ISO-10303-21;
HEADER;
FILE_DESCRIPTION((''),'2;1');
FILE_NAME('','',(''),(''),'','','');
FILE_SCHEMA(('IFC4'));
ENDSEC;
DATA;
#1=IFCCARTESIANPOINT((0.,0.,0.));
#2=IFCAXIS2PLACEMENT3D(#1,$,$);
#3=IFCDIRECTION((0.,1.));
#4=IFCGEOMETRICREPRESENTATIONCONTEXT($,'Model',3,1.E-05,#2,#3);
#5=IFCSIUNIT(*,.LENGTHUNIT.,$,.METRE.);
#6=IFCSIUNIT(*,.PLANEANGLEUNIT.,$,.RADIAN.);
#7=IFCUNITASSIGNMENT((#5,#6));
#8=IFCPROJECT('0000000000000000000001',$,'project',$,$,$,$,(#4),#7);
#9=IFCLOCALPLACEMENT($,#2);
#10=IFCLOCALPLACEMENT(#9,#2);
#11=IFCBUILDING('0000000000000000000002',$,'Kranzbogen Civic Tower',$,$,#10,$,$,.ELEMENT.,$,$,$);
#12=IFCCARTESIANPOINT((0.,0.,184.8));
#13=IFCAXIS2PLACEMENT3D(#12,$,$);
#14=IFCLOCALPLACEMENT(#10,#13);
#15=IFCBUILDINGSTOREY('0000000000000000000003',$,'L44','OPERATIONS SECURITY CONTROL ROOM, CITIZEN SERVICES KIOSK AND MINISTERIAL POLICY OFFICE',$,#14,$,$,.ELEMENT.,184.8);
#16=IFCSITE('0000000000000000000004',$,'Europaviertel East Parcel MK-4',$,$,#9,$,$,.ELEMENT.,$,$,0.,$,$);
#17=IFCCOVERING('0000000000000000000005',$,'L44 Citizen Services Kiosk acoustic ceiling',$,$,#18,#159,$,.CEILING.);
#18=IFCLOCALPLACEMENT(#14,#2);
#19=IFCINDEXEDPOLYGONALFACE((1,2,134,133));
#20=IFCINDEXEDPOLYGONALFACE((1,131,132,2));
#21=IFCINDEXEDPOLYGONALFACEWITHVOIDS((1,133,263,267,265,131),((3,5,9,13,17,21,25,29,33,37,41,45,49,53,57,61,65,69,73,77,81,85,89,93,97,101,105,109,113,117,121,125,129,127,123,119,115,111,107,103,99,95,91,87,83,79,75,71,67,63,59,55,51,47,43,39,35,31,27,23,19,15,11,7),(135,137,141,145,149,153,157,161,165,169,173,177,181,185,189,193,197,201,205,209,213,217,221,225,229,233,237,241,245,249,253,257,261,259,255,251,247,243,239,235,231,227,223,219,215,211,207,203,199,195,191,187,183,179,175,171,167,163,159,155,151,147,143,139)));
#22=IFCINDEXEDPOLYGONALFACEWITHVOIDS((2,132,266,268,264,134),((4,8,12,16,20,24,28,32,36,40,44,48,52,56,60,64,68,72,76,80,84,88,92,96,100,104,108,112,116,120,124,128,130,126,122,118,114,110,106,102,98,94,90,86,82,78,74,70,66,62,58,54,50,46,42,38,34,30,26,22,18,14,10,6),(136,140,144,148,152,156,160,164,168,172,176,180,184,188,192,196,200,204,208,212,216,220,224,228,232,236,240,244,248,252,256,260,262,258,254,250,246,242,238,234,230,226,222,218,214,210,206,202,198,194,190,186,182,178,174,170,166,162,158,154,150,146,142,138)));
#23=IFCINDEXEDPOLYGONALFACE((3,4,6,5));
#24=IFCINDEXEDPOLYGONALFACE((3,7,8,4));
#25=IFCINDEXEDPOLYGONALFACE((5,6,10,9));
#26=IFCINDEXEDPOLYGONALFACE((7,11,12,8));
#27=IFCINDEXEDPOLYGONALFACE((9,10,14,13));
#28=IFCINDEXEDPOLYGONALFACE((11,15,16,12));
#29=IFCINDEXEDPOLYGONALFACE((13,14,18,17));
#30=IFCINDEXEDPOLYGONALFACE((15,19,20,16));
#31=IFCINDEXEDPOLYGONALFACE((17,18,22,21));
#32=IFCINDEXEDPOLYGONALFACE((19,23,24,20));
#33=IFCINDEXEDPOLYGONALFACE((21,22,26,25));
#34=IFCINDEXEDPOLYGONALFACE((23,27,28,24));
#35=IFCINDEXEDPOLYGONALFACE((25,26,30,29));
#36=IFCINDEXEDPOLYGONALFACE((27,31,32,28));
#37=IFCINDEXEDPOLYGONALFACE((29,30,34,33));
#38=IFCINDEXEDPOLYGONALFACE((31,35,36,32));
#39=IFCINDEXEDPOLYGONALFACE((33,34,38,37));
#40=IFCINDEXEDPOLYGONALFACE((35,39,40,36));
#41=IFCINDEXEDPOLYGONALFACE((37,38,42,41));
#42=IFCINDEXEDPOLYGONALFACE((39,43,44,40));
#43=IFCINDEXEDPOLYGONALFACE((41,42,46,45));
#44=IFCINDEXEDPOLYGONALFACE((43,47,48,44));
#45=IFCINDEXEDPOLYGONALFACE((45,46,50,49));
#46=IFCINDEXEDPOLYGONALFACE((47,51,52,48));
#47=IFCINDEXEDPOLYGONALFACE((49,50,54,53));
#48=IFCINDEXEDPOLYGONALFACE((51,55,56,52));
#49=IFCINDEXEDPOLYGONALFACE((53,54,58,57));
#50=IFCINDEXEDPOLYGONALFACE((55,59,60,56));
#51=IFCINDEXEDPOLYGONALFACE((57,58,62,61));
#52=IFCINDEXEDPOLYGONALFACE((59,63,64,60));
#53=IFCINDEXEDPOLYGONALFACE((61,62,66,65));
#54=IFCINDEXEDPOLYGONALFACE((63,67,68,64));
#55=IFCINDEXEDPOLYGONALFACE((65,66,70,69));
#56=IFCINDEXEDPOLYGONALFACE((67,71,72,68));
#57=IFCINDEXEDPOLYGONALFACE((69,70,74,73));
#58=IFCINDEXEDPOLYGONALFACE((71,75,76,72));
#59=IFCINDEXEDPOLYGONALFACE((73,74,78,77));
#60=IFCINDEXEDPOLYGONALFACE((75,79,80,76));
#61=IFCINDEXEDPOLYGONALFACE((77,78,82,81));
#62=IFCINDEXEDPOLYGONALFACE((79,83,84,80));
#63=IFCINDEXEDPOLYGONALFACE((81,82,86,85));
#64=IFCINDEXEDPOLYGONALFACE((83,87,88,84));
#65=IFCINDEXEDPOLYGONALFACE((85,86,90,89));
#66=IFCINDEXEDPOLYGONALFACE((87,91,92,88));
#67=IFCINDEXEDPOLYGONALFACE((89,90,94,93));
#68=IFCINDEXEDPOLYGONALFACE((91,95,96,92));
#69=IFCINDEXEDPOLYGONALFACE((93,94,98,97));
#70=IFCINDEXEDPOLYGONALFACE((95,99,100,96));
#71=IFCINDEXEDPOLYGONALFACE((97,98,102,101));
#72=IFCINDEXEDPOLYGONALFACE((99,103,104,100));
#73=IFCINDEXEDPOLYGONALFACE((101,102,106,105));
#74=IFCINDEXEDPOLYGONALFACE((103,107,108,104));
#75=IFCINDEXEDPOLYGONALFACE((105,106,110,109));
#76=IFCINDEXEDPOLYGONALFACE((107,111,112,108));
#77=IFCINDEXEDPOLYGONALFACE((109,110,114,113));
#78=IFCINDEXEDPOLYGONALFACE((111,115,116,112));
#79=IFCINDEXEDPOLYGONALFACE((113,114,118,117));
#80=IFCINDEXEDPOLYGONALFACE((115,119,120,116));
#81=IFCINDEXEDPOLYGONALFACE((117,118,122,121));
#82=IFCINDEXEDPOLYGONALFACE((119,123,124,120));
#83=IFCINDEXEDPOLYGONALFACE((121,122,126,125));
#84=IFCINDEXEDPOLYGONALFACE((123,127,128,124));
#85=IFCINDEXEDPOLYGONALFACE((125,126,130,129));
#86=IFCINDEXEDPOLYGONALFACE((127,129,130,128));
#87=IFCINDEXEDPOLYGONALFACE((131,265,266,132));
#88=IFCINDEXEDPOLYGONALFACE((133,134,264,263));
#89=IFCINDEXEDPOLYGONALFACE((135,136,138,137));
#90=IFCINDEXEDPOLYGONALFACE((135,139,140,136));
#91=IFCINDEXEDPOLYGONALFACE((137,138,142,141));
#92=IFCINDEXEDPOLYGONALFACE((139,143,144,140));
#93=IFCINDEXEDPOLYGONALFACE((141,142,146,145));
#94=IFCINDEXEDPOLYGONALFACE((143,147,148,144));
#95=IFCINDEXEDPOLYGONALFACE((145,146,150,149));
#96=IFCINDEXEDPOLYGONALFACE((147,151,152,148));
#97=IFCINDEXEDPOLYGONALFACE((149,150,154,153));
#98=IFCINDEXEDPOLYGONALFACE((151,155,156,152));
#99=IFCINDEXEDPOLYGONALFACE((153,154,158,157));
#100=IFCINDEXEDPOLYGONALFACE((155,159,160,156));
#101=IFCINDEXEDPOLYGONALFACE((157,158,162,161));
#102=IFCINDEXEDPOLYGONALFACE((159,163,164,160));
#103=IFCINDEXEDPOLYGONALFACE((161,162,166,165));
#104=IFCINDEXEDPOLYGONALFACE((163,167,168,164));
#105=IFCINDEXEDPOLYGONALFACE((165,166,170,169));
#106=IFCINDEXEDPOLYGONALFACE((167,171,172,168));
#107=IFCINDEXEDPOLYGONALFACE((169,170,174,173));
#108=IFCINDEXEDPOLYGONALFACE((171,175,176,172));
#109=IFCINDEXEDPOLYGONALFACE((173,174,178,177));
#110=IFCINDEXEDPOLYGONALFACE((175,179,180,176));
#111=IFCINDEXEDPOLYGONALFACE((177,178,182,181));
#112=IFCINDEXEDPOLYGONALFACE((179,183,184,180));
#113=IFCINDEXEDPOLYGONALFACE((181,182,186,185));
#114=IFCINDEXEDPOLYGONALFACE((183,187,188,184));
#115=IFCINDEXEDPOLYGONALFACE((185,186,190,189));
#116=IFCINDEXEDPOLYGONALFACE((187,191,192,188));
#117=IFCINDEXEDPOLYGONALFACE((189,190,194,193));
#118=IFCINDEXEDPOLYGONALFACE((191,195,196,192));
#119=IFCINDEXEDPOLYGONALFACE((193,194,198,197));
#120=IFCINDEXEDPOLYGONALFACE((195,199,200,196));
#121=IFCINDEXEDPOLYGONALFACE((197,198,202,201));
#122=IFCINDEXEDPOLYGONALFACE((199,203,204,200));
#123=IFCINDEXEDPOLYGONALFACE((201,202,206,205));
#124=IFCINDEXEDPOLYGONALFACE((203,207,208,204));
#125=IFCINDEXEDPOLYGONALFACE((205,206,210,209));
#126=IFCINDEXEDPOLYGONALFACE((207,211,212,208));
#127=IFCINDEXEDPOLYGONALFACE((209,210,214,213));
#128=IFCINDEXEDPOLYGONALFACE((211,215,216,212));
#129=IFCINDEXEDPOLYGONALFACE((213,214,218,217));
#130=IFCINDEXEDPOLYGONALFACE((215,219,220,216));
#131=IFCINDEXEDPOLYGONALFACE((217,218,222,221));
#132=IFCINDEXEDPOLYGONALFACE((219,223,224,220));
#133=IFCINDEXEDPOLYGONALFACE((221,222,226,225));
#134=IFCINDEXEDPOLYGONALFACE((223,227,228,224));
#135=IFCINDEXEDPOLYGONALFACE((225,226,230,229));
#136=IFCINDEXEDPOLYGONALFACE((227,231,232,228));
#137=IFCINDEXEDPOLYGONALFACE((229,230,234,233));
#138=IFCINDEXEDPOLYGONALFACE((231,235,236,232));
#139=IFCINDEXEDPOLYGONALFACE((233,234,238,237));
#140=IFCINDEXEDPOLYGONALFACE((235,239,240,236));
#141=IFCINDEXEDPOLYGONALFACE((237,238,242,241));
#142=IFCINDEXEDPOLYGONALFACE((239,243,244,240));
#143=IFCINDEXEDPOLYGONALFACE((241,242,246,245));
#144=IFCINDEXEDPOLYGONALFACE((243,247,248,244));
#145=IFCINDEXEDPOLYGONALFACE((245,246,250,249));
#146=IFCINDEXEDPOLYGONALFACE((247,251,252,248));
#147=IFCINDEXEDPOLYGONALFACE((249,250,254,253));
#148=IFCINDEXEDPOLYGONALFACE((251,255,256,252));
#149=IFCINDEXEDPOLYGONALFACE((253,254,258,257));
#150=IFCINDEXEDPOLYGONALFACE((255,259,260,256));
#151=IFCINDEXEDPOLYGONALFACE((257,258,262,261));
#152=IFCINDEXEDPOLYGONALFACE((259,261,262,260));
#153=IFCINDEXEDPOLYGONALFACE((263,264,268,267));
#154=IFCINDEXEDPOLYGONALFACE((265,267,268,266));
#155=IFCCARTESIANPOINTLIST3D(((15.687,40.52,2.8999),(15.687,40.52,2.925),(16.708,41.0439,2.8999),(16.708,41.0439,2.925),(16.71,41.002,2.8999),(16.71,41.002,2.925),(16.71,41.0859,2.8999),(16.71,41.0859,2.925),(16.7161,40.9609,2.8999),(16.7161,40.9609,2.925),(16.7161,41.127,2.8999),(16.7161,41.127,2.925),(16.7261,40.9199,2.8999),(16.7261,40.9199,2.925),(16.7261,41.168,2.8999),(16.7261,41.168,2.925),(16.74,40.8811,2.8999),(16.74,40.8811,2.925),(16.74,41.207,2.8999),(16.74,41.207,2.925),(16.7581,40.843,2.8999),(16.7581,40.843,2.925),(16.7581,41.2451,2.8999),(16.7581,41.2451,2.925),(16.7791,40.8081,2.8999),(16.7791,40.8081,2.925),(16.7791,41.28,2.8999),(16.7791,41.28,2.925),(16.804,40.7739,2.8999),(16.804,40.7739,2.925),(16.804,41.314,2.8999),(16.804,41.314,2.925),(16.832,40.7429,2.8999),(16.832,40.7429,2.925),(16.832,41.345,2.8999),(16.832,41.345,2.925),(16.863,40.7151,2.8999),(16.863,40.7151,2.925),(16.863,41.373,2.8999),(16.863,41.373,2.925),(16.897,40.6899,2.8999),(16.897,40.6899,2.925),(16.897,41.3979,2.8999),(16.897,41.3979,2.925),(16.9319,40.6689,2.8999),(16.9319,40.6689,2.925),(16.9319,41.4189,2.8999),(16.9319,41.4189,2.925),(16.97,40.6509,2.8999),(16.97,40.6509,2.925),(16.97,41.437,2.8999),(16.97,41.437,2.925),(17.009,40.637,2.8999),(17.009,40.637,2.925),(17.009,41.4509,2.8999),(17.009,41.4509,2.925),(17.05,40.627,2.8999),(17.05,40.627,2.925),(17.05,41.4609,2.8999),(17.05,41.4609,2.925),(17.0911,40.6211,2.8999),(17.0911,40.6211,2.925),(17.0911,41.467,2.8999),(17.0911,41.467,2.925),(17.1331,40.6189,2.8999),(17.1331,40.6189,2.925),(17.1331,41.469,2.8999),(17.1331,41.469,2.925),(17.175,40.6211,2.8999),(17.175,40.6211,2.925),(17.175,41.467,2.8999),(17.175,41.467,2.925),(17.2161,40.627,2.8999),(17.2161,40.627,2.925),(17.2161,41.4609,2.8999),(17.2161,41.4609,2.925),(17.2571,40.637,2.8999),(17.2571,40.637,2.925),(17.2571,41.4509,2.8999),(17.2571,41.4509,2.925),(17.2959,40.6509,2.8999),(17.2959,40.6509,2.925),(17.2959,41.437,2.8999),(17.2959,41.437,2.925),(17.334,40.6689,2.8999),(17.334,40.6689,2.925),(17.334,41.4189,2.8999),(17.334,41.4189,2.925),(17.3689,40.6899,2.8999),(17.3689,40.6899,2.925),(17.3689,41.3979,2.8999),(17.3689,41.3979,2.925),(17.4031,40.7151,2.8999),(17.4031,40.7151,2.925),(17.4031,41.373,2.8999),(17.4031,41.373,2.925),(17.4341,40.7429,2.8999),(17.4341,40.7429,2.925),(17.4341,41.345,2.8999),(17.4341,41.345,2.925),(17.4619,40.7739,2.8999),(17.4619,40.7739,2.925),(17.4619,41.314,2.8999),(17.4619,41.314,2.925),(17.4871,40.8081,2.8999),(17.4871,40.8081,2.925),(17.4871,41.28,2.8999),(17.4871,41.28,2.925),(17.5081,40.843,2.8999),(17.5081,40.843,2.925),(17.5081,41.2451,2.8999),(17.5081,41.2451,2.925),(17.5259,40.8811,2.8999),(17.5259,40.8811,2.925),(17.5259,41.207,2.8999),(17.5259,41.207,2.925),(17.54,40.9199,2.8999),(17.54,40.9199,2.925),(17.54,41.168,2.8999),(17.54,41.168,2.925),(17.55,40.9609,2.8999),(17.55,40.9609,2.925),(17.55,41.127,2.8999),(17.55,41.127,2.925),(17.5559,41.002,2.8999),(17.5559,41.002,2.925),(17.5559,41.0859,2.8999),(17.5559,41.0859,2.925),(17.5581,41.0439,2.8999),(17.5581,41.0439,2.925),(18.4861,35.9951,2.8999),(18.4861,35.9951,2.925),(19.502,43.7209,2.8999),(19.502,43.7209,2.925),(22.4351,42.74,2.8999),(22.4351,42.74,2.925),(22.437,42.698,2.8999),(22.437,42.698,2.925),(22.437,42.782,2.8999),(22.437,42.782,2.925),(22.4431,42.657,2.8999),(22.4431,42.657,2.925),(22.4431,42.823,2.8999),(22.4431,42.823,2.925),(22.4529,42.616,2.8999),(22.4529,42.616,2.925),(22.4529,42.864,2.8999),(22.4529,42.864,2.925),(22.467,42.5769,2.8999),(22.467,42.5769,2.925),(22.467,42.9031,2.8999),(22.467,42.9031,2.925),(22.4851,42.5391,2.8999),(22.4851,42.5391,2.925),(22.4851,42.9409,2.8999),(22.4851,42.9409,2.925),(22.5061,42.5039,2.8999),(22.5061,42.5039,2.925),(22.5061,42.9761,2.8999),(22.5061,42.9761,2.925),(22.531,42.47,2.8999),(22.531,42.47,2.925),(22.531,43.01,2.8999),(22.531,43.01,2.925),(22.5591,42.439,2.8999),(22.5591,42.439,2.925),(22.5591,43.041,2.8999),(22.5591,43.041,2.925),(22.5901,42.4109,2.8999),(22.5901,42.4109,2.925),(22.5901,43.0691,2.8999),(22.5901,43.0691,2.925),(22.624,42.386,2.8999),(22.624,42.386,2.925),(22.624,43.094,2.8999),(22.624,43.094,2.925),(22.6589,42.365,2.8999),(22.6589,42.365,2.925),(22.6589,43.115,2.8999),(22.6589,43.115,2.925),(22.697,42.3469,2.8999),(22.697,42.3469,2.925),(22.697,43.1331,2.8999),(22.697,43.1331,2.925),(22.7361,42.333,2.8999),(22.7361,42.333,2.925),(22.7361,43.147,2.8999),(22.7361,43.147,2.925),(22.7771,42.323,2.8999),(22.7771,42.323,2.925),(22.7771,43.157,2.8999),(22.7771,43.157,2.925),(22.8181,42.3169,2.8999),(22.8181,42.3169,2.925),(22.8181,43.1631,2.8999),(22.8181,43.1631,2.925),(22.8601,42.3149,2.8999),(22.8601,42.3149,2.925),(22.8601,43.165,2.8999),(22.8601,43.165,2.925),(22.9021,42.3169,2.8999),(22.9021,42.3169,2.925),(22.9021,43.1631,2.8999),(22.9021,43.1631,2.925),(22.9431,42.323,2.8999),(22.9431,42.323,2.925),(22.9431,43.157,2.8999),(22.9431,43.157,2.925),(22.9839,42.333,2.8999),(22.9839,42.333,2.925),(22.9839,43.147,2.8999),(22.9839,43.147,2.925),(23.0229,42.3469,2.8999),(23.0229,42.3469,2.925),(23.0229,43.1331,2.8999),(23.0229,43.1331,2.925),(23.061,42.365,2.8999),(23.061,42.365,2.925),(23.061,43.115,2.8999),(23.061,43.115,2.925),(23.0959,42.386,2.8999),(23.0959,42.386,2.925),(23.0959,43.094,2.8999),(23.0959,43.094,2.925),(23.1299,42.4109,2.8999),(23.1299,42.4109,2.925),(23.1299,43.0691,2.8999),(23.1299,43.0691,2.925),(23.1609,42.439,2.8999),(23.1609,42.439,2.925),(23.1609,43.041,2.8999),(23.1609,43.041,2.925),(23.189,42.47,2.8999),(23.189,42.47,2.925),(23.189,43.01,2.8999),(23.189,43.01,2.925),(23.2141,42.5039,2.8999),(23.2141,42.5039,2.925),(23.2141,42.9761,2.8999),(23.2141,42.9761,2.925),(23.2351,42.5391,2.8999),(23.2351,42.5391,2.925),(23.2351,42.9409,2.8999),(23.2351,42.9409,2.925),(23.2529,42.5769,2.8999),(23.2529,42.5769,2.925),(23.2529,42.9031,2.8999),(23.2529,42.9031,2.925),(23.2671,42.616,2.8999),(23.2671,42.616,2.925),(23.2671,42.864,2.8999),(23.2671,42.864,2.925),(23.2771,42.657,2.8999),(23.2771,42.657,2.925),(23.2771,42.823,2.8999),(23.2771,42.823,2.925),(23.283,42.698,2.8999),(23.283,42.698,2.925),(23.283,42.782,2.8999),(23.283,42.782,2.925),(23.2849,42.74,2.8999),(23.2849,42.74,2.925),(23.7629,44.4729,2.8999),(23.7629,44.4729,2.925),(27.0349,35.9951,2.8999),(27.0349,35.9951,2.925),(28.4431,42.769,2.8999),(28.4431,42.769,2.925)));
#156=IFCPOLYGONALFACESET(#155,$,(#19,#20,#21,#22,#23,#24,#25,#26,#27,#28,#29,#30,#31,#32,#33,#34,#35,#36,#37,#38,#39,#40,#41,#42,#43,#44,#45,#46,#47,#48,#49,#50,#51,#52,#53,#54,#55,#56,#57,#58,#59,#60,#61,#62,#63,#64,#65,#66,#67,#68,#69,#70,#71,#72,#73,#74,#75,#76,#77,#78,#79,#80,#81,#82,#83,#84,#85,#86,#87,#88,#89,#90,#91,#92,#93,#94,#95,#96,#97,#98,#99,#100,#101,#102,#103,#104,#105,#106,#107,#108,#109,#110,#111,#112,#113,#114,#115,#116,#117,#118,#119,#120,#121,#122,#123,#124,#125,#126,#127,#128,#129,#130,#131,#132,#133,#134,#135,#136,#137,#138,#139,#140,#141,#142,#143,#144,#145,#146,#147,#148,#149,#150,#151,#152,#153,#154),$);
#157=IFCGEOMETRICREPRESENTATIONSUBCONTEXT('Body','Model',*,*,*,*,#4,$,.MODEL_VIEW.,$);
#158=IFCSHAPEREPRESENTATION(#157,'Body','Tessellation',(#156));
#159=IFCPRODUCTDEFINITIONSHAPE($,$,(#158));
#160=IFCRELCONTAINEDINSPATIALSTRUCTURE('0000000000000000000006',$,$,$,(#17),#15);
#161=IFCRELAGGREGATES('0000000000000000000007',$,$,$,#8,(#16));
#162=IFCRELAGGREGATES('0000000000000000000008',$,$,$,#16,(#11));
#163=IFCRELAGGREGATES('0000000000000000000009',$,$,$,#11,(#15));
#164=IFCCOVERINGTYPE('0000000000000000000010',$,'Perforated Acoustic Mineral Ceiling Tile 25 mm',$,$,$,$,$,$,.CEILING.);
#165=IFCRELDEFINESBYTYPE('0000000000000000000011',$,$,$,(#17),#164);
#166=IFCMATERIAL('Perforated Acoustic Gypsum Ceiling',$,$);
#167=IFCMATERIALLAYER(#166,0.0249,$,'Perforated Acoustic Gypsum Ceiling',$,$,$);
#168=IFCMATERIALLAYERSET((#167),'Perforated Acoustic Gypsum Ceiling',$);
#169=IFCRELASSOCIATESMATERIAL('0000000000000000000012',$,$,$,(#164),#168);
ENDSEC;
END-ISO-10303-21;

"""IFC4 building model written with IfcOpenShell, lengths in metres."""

from ifc_helpers import new_model, si_unit, direction, frame, origin, place, context, subcontext, project, spatial, polyline, outline, extrude, material, layer, layer_set, type_object, element, save


model = new_model("IFC4")

# Units and contexts
model_context = context("Model", 3, precision=1e-05, world=origin(), true_north=direction((0.0, 1.0)))
body_context = subcontext(model_context, "Body", "Model", "MODEL_VIEW")
ifc_project = project(units=[si_unit("LENGTHUNIT", "METRE"), si_unit("PLANEANGLEUNIT", "RADIAN")], contexts=[model_context])

# Site, building, storey
site_placement = place(None, origin())
site = spatial("IfcSite", under=ifc_project, at=site_placement, Name="Europaviertel East Parcel MK-4", CompositionType="ELEMENT", RefElevation=0.0)
building_placement = place(site_placement, origin())
building = spatial("IfcBuilding", under=site, at=building_placement, Name="Kranzbogen Civic Tower", CompositionType="ELEMENT")
storey_placement = place(building_placement, frame((0.0, 0.0, 184.8)))
storey = spatial("IfcBuildingStorey", under=building, at=storey_placement, Name="L44", Description="OPERATIONS SECURITY CONTROL ROOM, CITIZEN SERVICES KIOSK AND MINISTERIAL POLICY OFFICE", CompositionType="ELEMENT", Elevation=184.8)

# Covering
ifc_material_1 = material(Name="Perforated Acoustic Gypsum Ceiling")
ifc_layer_1 = layer(ifc_material_1, 0.0249, Name="Perforated Acoustic Gypsum Ceiling")
ifc_layer_set_1 = layer_set([ifc_layer_1], Name="Perforated Acoustic Gypsum Ceiling")
covering_type = type_object("IfcCoveringType", Name="Perforated Acoustic Mineral Ceiling Tile 25 mm", PredefinedType="CEILING", material=ifc_layer_set_1)
covering_1_placement = place(storey_placement, frame((0.0, 0.0, 2.8999)))
element("IfcCovering", 1, at=covering_1_placement, inside=storey, type_object=covering_type, Name="L44 Citizen Services Kiosk acoustic ceiling", PredefinedType="CEILING", context=body_context, shape_type="SweptSolid", body=[
    extrude(outline(polyline([(23.7629, 44.4729), (28.4431, 42.769), (27.0349, 35.9951), (18.4861, 35.9951), (15.687, 40.52), (19.502, 43.7209), (23.7629, 44.4729)]), holes=[polyline([(17.5259, 40.8811), (17.5081, 40.843), (17.4871, 40.8081), (17.4619, 40.7739), (17.4341, 40.7429), (17.4031, 40.7151), (17.3689, 40.6899), (17.334, 40.6689), (17.2959, 40.6509), (17.2571, 40.637), (17.2161, 40.627), (17.175, 40.6211), (17.1331, 40.6189), (17.0911, 40.6211), (17.05, 40.627), (17.009, 40.637), (16.97, 40.6509), (16.9319, 40.6689), (16.897, 40.6899), (16.863, 40.7151), (16.832, 40.7429), (16.804, 40.7739), (16.7791, 40.8081), (16.7581, 40.843), (16.74, 40.8811), (16.7261, 40.9199), (16.7161, 40.9609), (16.71, 41.002), (16.708, 41.0439), (16.71, 41.0859), (16.7161, 41.127), (16.7261, 41.168), (16.74, 41.207), (16.7581, 41.2451), (16.7791, 41.28), (16.804, 41.314), (16.832, 41.345), (16.863, 41.373), (16.897, 41.3979), (16.9319, 41.4189), (16.97, 41.437), (17.009, 41.4509), (17.05, 41.4609), (17.0911, 41.467), (17.1331, 41.469), (17.175, 41.467), (17.2161, 41.4609), (17.2571, 41.4509), (17.2959, 41.437), (17.334, 41.4189), (17.3689, 41.3979), (17.4031, 41.373), (17.4341, 41.345), (17.4619, 41.314), (17.4871, 41.28), (17.5081, 41.2451), (17.5259, 41.207), (17.54, 41.168), (17.55, 41.127), (17.5559, 41.0859), (17.5581, 41.0439), (17.5559, 41.002), (17.55, 40.9609), (17.54, 40.9199), (17.5259, 40.8811)]), polyline([(23.2529, 42.5769), (23.2351, 42.5391), (23.2141, 42.5039), (23.189, 42.47), (23.1609, 42.439), (23.1299, 42.4109), (23.0959, 42.386), (23.061, 42.365), (23.0229, 42.3469), (22.9839, 42.333), (22.9431, 42.323), (22.9021, 42.3169), (22.8601, 42.3149), (22.8181, 42.3169), (22.7771, 42.323), (22.7361, 42.333), (22.697, 42.3469), (22.6589, 42.365), (22.624, 42.386), (22.5901, 42.4109), (22.5591, 42.439), (22.531, 42.47), (22.5061, 42.5039), (22.4851, 42.5391), (22.467, 42.5769), (22.4529, 42.616), (22.4431, 42.657), (22.437, 42.698), (22.4351, 42.74), (22.437, 42.782), (22.4431, 42.823), (22.4529, 42.864), (22.467, 42.9031), (22.4851, 42.9409), (22.5061, 42.9761), (22.531, 43.01), (22.5591, 43.041), (22.5901, 43.0691), (22.624, 43.094), (22.6589, 43.115), (22.697, 43.1331), (22.7361, 43.147), (22.7771, 43.157), (22.8181, 43.1631), (22.8601, 43.165), (22.9021, 43.1631), (22.9431, 43.157), (22.9839, 43.147), (23.0229, 43.1331), (23.061, 43.115), (23.0959, 43.094), (23.1299, 43.0691), (23.1609, 43.041), (23.189, 43.01), (23.2141, 42.9761), (23.2351, 42.9409), (23.2529, 42.9031), (23.2671, 42.864), (23.2771, 42.823), (23.283, 42.782), (23.2849, 42.74), (23.283, 42.698), (23.2771, 42.657), (23.2671, 42.616), (23.2529, 42.5769)])]), origin(), (0.0, 0.0, 1.0), 0.0251),
])

save(model, "model.ifc")
